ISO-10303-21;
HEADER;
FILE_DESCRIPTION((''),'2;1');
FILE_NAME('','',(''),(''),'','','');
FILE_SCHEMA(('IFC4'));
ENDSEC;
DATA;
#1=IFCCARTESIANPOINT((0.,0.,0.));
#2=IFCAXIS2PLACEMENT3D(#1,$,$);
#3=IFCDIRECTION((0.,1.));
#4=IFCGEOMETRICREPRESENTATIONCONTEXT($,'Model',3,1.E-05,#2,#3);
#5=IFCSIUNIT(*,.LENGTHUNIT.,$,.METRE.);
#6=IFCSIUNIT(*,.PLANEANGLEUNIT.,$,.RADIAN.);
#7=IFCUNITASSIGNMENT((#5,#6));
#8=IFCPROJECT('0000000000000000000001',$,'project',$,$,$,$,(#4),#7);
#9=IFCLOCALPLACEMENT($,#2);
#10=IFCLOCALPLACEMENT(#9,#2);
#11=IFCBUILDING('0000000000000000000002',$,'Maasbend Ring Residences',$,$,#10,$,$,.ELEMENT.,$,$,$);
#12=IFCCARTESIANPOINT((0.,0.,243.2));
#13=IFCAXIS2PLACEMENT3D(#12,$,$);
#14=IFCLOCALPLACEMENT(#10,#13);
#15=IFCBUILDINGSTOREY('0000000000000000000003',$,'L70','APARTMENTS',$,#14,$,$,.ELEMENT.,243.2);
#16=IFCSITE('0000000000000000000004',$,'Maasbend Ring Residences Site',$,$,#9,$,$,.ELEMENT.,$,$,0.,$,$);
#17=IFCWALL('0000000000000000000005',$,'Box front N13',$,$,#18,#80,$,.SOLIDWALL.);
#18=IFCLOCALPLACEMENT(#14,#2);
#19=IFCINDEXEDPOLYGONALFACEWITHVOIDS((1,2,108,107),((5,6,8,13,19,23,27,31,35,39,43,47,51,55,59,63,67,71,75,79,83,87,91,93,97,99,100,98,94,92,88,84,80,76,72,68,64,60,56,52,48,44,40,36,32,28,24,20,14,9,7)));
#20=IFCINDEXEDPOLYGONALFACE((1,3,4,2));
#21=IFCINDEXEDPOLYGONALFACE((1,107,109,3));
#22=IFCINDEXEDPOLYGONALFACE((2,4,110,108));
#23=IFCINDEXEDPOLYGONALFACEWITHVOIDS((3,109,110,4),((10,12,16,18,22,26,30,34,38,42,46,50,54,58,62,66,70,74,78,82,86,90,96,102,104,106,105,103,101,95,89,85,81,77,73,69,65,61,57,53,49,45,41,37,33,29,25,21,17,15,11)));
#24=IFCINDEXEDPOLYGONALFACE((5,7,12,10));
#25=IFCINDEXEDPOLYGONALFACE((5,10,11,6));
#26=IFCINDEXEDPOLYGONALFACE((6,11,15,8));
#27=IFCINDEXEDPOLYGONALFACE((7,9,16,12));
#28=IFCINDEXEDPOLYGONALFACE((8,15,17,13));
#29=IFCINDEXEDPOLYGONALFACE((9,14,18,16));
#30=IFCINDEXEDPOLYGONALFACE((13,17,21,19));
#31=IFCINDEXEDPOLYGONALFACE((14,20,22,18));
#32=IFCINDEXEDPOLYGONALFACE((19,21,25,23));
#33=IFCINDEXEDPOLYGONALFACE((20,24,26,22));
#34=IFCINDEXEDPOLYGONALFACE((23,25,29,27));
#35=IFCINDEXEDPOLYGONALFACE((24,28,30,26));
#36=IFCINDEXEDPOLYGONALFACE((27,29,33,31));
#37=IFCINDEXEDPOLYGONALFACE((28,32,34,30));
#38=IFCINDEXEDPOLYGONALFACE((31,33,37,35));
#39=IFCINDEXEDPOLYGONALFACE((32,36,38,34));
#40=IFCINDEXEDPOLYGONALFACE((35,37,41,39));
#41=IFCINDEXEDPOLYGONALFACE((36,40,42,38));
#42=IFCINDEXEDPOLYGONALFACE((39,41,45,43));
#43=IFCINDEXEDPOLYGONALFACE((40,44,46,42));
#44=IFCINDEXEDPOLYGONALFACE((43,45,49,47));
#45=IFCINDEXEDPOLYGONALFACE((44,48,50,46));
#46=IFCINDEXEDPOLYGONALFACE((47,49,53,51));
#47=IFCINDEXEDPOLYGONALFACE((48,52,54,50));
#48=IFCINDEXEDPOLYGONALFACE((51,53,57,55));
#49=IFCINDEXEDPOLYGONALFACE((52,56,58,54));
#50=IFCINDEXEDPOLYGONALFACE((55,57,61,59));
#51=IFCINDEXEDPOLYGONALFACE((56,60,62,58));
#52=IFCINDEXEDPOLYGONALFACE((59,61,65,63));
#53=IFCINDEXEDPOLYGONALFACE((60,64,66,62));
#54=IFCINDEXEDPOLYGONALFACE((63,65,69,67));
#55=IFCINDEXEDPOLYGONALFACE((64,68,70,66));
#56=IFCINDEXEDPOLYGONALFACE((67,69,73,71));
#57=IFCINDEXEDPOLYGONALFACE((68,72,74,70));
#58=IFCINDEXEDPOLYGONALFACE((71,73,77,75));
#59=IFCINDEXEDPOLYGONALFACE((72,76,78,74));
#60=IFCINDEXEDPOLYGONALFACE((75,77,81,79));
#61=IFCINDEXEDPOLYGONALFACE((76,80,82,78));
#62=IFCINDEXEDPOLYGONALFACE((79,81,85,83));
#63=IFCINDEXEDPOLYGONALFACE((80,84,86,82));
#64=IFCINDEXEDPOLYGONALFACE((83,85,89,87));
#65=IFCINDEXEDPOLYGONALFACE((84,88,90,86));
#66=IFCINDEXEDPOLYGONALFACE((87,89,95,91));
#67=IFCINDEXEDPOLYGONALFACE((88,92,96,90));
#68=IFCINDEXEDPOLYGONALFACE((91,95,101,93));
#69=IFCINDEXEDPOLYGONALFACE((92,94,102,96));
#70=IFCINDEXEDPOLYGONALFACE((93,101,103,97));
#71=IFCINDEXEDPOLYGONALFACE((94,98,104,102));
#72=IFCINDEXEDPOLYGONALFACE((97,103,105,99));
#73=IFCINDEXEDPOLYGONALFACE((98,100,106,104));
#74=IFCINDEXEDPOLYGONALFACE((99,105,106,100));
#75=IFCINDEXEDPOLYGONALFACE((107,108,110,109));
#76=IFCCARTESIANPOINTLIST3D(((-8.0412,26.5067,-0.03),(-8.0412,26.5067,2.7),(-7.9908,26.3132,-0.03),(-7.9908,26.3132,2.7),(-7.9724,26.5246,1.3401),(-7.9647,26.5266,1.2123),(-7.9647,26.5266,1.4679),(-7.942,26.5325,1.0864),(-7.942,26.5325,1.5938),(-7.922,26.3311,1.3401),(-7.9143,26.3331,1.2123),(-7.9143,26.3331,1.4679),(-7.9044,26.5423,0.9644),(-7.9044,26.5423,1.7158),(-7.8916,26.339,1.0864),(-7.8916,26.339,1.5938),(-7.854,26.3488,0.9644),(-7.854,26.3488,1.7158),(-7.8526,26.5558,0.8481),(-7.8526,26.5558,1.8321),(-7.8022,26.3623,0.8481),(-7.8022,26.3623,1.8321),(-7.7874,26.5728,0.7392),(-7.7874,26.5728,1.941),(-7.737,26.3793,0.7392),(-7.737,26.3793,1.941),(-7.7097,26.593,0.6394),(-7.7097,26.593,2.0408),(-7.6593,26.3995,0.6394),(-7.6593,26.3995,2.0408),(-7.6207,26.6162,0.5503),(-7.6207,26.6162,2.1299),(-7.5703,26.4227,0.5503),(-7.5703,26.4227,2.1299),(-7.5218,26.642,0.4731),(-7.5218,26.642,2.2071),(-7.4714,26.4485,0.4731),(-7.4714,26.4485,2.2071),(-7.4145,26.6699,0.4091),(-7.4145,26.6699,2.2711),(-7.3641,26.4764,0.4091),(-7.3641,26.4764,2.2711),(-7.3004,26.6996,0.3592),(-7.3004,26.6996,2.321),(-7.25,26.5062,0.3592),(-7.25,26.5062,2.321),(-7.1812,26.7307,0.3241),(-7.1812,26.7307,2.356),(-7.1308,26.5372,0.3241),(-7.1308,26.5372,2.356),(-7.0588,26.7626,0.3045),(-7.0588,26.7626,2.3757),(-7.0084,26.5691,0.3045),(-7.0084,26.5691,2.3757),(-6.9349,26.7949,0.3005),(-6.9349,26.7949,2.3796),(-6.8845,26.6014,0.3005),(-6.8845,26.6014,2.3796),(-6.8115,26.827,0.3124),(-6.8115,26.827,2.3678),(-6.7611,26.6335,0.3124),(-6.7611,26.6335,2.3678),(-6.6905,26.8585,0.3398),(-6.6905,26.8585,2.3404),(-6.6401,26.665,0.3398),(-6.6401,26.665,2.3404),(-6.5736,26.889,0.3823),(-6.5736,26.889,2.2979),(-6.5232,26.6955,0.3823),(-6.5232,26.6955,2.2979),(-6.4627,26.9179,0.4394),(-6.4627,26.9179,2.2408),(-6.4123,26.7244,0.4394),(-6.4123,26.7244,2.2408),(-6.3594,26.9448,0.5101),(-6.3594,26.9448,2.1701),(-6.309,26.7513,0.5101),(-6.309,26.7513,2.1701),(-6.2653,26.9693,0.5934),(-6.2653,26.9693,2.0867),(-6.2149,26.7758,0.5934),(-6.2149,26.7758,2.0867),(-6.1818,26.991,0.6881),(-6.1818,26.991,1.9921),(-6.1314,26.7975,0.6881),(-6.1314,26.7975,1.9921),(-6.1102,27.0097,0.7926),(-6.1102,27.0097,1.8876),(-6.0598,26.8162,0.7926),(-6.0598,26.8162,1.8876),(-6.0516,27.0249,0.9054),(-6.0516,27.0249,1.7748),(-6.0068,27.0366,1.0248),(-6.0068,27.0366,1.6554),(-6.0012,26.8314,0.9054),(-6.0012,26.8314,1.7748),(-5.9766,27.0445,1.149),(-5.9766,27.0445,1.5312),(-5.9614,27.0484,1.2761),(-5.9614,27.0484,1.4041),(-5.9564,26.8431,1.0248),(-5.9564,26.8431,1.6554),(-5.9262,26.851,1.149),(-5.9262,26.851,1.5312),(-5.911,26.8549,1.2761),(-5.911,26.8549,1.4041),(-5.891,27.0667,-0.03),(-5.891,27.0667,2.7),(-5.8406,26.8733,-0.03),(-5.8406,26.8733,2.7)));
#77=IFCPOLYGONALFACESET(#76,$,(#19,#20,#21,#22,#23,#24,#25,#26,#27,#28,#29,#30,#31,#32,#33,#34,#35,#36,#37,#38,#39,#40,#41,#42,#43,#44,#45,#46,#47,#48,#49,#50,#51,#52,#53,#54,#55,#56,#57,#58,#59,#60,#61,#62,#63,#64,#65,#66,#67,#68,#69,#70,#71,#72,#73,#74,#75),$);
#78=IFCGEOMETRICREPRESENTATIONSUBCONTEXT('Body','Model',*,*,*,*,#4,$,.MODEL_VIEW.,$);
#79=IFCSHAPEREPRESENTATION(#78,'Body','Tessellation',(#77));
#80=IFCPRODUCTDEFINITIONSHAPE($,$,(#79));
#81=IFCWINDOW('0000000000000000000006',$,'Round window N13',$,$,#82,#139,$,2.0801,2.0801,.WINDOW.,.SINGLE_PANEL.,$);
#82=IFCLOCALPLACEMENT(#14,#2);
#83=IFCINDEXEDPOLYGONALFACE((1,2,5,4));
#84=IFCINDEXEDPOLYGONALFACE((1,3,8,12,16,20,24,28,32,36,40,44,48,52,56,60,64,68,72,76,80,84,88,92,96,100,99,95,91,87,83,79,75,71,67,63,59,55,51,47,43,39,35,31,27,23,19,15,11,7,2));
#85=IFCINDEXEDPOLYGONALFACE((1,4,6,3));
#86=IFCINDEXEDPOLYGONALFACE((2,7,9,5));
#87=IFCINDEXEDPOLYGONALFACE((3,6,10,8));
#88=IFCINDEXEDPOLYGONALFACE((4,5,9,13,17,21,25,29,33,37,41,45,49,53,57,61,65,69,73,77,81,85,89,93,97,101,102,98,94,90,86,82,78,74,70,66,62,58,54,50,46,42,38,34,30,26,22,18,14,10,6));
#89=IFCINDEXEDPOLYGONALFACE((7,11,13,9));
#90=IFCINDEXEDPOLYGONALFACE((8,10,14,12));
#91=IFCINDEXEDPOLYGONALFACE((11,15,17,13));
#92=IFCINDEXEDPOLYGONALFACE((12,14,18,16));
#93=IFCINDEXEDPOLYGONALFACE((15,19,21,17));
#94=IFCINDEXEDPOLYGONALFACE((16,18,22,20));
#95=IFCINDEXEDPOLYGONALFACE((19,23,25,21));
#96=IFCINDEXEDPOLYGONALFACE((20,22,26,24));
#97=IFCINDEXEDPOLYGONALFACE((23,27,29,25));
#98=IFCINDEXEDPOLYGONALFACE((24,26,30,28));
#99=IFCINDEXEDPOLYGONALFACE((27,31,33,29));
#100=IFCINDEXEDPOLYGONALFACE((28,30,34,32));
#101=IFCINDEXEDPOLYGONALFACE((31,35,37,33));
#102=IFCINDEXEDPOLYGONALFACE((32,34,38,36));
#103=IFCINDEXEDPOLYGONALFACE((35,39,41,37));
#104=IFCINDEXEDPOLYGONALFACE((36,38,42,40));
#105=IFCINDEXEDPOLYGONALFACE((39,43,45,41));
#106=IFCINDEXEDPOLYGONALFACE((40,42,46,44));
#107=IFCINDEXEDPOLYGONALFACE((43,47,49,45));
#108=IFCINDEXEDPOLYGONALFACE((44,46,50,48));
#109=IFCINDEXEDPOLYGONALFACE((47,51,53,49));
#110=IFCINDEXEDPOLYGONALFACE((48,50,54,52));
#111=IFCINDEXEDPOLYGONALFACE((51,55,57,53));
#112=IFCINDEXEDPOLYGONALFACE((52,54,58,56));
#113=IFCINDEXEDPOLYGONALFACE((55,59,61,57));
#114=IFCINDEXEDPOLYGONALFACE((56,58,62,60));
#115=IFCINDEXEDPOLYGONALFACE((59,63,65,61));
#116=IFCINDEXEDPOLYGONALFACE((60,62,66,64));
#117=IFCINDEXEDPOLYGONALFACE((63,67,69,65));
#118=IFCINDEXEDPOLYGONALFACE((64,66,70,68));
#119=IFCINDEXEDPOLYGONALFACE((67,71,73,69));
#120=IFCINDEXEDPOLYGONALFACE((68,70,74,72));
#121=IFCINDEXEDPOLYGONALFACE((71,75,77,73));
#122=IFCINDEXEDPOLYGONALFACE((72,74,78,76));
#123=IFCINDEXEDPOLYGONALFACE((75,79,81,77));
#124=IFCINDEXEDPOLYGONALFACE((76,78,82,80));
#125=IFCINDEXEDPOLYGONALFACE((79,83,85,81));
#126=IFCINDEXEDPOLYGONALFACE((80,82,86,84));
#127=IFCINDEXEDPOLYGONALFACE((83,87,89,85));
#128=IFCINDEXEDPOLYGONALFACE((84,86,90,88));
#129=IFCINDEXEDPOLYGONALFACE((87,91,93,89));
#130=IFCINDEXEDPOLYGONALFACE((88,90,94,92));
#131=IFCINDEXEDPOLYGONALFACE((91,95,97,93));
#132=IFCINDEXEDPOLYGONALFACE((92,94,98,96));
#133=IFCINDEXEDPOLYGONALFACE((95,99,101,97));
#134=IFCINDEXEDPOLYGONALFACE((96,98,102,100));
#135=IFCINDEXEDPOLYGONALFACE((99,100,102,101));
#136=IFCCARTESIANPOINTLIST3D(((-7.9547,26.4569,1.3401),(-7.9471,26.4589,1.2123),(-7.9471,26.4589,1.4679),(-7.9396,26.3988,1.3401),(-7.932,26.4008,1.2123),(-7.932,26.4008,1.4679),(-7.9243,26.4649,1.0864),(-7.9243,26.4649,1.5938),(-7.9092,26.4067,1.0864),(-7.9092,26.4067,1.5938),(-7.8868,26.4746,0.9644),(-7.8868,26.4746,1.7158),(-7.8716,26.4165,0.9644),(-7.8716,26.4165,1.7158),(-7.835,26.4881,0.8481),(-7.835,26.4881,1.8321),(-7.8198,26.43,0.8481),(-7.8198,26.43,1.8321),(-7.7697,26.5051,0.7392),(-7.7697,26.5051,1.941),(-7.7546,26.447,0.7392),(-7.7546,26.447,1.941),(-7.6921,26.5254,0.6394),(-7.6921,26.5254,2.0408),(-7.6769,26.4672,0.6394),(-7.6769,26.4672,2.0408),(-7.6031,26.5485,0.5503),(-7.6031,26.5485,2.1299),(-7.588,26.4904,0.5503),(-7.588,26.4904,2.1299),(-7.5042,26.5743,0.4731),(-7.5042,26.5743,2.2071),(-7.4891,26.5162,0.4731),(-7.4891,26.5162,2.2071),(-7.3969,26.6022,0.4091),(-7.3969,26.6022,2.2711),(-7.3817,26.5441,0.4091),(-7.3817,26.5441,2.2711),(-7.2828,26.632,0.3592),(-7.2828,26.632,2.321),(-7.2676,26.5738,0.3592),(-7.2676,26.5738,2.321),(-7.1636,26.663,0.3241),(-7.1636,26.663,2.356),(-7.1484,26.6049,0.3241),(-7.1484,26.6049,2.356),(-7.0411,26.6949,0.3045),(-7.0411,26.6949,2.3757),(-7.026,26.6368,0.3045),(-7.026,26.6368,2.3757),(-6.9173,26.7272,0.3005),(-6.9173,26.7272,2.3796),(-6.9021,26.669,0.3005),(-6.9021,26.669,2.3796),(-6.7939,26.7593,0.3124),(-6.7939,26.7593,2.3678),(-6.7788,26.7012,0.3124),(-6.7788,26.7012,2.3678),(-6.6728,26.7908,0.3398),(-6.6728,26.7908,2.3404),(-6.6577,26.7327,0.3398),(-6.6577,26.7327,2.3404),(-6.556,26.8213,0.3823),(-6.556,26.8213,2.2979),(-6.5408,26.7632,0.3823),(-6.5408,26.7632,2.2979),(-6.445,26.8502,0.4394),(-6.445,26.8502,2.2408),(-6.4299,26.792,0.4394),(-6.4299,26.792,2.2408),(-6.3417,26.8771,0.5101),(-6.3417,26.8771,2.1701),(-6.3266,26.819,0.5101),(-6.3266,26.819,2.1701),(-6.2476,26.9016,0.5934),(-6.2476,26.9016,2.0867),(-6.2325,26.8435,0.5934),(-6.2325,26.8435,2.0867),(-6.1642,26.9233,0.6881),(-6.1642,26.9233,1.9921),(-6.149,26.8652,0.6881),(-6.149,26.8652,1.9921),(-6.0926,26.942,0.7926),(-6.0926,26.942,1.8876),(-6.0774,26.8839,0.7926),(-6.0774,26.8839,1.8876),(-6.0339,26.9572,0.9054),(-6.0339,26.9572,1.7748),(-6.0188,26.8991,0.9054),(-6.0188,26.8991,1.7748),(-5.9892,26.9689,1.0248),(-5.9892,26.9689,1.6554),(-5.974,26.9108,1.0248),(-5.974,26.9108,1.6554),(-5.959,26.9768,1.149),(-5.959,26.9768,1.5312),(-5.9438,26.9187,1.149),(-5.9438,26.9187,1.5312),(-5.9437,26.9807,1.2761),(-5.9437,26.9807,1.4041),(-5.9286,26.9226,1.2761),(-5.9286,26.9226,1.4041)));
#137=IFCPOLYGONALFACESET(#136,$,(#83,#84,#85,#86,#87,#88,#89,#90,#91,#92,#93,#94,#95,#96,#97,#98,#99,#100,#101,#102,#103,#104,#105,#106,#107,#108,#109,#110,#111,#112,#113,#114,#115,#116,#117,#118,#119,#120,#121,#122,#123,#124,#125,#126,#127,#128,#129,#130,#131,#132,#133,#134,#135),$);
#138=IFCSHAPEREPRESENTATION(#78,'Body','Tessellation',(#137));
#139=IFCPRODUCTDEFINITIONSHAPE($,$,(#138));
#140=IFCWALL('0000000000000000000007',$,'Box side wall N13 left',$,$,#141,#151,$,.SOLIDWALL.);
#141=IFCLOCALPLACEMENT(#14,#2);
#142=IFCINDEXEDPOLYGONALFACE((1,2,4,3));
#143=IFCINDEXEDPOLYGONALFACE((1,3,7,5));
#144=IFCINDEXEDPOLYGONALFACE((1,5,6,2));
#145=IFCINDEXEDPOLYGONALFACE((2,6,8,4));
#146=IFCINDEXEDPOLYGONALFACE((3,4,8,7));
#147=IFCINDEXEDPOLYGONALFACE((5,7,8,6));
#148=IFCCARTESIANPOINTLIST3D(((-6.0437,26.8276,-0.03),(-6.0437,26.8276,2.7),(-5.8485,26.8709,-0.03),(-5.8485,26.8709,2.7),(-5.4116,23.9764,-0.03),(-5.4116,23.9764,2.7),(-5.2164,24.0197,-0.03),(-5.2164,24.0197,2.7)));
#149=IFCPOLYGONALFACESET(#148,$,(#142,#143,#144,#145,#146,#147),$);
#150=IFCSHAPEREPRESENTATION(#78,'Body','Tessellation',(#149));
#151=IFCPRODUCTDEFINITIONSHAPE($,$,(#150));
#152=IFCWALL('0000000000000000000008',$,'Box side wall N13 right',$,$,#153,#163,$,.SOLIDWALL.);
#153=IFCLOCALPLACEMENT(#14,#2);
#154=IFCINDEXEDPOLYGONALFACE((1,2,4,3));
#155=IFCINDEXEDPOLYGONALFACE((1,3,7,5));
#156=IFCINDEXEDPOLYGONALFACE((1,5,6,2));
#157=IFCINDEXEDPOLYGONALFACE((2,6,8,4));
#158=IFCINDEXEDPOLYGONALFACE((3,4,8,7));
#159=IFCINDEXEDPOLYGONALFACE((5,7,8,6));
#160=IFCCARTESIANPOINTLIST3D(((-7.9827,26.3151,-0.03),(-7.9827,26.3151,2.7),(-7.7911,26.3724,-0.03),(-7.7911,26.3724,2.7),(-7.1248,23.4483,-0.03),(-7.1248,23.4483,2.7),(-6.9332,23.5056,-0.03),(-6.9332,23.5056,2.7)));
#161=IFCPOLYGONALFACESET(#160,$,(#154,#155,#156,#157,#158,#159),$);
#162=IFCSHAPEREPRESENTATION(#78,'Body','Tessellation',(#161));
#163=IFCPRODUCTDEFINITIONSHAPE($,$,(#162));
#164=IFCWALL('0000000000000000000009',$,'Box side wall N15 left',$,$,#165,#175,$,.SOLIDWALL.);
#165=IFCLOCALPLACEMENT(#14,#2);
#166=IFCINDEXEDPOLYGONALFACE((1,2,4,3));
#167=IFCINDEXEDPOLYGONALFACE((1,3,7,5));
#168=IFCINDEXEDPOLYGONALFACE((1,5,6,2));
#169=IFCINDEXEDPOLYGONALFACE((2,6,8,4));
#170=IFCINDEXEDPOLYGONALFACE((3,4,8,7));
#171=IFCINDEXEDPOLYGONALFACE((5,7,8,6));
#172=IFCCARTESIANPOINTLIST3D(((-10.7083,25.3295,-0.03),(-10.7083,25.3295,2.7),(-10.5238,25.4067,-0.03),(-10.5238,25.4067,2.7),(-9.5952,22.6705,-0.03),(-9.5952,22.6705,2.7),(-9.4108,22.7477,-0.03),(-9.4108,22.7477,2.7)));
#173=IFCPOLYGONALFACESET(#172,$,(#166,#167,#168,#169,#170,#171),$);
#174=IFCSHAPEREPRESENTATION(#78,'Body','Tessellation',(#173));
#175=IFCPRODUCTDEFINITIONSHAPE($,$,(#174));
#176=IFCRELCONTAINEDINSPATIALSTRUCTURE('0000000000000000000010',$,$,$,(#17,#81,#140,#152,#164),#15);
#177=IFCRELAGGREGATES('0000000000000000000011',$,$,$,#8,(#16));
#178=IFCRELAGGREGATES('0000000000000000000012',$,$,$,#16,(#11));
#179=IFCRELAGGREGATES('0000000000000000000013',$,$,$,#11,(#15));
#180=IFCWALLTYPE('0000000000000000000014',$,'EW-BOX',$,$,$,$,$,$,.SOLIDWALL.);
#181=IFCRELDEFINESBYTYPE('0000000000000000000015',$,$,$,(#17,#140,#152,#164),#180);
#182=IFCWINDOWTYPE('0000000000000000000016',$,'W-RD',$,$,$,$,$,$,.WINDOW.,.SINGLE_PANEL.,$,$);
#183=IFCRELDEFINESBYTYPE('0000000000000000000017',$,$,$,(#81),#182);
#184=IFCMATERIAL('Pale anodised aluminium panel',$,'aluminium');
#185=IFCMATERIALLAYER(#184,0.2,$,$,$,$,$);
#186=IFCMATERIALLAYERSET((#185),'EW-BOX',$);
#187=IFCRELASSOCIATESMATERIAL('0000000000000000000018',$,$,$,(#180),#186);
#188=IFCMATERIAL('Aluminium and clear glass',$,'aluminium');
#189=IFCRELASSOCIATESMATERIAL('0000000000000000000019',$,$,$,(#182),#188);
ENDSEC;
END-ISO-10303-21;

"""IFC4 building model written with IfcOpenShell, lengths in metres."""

from ifc_helpers import new_model, si_unit, direction, frame, frame_2d, origin, place, context, subcontext, project, spatial, rectangle, circle, extrude, material, layer, layer_set, type_object, element, fill, save


model = new_model("IFC4")

# Units and contexts
model_context = context("Model", 3, precision=1e-05, world=origin(), true_north=direction((0.0, 1.0)))
body_context = subcontext(model_context, "Body", "Model", "MODEL_VIEW")
ifc_project = project(units=[si_unit("LENGTHUNIT", "METRE"), si_unit("PLANEANGLEUNIT", "RADIAN")], contexts=[model_context])

# Site, building, storey
site_placement = place(None, origin())
site = spatial("IfcSite", under=ifc_project, at=site_placement, Name="Maasbend Ring Residences Site", CompositionType="ELEMENT", RefElevation=0.0)
building_placement = place(site_placement, origin())
building = spatial("IfcBuilding", under=site, at=building_placement, Name="Maasbend Ring Residences", CompositionType="ELEMENT")
storey_placement = place(building_placement, frame((0.0, 0.0, 243.2)))
storey = spatial("IfcBuildingStorey", under=building, at=storey_placement, Name="L70", Description="APARTMENTS", CompositionType="ELEMENT", Elevation=243.2)

# Shared definitions
ifc_material_1 = material(Name="Pale anodised aluminium panel", Category="aluminium")
ifc_layer_1 = layer(ifc_material_1, 0.2)
ifc_layer_set_1 = layer_set([ifc_layer_1], Name="EW-BOX")
wall_type_1 = type_object("IfcWallType", Name="EW-BOX", PredefinedType="SOLIDWALL", material=ifc_layer_set_1)

# Wall, opening, window
wall_1_placement = place(storey_placement, frame((-5.866, 26.97, -0.03), z_axis=(0.0, 0.0, 1.0), x_axis=(-0.967711, -0.252064, 0.0)))
wall_1 = element("IfcWall", 1, at=wall_1_placement, inside=storey, type_object=wall_type_1, Name="Box front N13", PredefinedType="SOLIDWALL", context=body_context, shape_type="SweptSolid", body=[
    extrude(rectangle(XDim=2.2219, YDim=0.2, at=frame_2d((1.1108, 0.0))), origin(), (0.0, 0.0, 1.0), 2.73),
])
opening_1_placement = place(wall_1_placement, frame((0.0706, 0.0, 0.3301)))
opening_1 = element("IfcOpeningElement", 2, at=opening_1_placement, cuts=wall_1, PredefinedType="OPENING", context=body_context, shape_type="SweptSolid", body=[
    extrude(circle(Radius=1.04, at=frame_2d((1.04, 1.04))), frame((0.0, 0.1099, 0.0), z_axis=(0.0, -1.0, 0.0), x_axis=(1.0, 0.0, 0.0)), (0.0, 0.0, 1.0), 0.22),
])
ifc_material_2 = material(Name="Aluminium and clear glass", Category="aluminium")
window_type_1 = type_object("IfcWindowType", Name="W-RD", PartitioningType="SINGLE_PANEL", PredefinedType="WINDOW", material=ifc_material_2)
window_1_placement = place(opening_1_placement, origin())
window_1 = element("IfcWindow", 3, at=window_1_placement, inside=storey, type_object=window_type_1, Name="Round window N13", OverallHeight=2.0801, OverallWidth=2.0801, PartitioningType="SINGLE_PANEL", PredefinedType="WINDOW", context=body_context, shape_type="SweptSolid", body=[
    extrude(circle(Radius=1.04, at=frame_2d((1.04, 1.04))), frame((0.0, 0.03, 0.0), z_axis=(0.0, -1.0, 0.0), x_axis=(1.0, 0.0, 0.0)), (0.0, 0.0, 1.0), 0.0601),
])
fill(opening_1, window_1)

# Walls
wall_2_placement = place(storey_placement, frame((-5.314, 23.998, -0.03), z_axis=(0.0, 0.0, 1.0), x_axis=(-0.216444, 0.976295, 0.0)))
element("IfcWall", 4, at=wall_2_placement, inside=storey, type_object=wall_type_1, Name="Box side wall N13 left", PredefinedType="SOLIDWALL", context=body_context, shape_type="SweptSolid", body=[
    extrude(rectangle(XDim=2.9204, YDim=0.2, at=frame_2d((1.4602, 0.0))), origin(), (0.0, 0.0, 1.0), 2.73),
])
wall_3_placement = place(storey_placement, frame((-7.0291, 23.4771, -0.03), z_axis=(0.0, 0.0, 1.0), x_axis=(-0.286682, 0.958026, 0.0)))
element("IfcWall", 5, at=wall_3_placement, inside=storey, type_object=wall_type_1, Name="Box side wall N13 right", PredefinedType="SOLIDWALL", context=body_context, shape_type="SweptSolid", body=[
    extrude(rectangle(XDim=2.9924, YDim=0.2, at=frame_2d((1.4961, 0.0))), origin(), (0.0, 0.0, 1.0), 2.73),
])
wall_4_placement = place(storey_placement, frame((-9.5029, 22.709, -0.03), z_axis=(0.0, 0.0, 1.0), x_axis=(-0.386136, 0.922442, 0.0)))
element("IfcWall", 6, at=wall_4_placement, inside=storey, type_object=wall_type_1, Name="Box side wall N15 left", PredefinedType="SOLIDWALL", context=body_context, shape_type="SweptSolid", body=[
    extrude(rectangle(XDim=2.8826, YDim=0.2, at=frame_2d((1.4414, 0.0))), origin(), (0.0, 0.0, 1.0), 2.73),
])

save(model, "model.ifc")
